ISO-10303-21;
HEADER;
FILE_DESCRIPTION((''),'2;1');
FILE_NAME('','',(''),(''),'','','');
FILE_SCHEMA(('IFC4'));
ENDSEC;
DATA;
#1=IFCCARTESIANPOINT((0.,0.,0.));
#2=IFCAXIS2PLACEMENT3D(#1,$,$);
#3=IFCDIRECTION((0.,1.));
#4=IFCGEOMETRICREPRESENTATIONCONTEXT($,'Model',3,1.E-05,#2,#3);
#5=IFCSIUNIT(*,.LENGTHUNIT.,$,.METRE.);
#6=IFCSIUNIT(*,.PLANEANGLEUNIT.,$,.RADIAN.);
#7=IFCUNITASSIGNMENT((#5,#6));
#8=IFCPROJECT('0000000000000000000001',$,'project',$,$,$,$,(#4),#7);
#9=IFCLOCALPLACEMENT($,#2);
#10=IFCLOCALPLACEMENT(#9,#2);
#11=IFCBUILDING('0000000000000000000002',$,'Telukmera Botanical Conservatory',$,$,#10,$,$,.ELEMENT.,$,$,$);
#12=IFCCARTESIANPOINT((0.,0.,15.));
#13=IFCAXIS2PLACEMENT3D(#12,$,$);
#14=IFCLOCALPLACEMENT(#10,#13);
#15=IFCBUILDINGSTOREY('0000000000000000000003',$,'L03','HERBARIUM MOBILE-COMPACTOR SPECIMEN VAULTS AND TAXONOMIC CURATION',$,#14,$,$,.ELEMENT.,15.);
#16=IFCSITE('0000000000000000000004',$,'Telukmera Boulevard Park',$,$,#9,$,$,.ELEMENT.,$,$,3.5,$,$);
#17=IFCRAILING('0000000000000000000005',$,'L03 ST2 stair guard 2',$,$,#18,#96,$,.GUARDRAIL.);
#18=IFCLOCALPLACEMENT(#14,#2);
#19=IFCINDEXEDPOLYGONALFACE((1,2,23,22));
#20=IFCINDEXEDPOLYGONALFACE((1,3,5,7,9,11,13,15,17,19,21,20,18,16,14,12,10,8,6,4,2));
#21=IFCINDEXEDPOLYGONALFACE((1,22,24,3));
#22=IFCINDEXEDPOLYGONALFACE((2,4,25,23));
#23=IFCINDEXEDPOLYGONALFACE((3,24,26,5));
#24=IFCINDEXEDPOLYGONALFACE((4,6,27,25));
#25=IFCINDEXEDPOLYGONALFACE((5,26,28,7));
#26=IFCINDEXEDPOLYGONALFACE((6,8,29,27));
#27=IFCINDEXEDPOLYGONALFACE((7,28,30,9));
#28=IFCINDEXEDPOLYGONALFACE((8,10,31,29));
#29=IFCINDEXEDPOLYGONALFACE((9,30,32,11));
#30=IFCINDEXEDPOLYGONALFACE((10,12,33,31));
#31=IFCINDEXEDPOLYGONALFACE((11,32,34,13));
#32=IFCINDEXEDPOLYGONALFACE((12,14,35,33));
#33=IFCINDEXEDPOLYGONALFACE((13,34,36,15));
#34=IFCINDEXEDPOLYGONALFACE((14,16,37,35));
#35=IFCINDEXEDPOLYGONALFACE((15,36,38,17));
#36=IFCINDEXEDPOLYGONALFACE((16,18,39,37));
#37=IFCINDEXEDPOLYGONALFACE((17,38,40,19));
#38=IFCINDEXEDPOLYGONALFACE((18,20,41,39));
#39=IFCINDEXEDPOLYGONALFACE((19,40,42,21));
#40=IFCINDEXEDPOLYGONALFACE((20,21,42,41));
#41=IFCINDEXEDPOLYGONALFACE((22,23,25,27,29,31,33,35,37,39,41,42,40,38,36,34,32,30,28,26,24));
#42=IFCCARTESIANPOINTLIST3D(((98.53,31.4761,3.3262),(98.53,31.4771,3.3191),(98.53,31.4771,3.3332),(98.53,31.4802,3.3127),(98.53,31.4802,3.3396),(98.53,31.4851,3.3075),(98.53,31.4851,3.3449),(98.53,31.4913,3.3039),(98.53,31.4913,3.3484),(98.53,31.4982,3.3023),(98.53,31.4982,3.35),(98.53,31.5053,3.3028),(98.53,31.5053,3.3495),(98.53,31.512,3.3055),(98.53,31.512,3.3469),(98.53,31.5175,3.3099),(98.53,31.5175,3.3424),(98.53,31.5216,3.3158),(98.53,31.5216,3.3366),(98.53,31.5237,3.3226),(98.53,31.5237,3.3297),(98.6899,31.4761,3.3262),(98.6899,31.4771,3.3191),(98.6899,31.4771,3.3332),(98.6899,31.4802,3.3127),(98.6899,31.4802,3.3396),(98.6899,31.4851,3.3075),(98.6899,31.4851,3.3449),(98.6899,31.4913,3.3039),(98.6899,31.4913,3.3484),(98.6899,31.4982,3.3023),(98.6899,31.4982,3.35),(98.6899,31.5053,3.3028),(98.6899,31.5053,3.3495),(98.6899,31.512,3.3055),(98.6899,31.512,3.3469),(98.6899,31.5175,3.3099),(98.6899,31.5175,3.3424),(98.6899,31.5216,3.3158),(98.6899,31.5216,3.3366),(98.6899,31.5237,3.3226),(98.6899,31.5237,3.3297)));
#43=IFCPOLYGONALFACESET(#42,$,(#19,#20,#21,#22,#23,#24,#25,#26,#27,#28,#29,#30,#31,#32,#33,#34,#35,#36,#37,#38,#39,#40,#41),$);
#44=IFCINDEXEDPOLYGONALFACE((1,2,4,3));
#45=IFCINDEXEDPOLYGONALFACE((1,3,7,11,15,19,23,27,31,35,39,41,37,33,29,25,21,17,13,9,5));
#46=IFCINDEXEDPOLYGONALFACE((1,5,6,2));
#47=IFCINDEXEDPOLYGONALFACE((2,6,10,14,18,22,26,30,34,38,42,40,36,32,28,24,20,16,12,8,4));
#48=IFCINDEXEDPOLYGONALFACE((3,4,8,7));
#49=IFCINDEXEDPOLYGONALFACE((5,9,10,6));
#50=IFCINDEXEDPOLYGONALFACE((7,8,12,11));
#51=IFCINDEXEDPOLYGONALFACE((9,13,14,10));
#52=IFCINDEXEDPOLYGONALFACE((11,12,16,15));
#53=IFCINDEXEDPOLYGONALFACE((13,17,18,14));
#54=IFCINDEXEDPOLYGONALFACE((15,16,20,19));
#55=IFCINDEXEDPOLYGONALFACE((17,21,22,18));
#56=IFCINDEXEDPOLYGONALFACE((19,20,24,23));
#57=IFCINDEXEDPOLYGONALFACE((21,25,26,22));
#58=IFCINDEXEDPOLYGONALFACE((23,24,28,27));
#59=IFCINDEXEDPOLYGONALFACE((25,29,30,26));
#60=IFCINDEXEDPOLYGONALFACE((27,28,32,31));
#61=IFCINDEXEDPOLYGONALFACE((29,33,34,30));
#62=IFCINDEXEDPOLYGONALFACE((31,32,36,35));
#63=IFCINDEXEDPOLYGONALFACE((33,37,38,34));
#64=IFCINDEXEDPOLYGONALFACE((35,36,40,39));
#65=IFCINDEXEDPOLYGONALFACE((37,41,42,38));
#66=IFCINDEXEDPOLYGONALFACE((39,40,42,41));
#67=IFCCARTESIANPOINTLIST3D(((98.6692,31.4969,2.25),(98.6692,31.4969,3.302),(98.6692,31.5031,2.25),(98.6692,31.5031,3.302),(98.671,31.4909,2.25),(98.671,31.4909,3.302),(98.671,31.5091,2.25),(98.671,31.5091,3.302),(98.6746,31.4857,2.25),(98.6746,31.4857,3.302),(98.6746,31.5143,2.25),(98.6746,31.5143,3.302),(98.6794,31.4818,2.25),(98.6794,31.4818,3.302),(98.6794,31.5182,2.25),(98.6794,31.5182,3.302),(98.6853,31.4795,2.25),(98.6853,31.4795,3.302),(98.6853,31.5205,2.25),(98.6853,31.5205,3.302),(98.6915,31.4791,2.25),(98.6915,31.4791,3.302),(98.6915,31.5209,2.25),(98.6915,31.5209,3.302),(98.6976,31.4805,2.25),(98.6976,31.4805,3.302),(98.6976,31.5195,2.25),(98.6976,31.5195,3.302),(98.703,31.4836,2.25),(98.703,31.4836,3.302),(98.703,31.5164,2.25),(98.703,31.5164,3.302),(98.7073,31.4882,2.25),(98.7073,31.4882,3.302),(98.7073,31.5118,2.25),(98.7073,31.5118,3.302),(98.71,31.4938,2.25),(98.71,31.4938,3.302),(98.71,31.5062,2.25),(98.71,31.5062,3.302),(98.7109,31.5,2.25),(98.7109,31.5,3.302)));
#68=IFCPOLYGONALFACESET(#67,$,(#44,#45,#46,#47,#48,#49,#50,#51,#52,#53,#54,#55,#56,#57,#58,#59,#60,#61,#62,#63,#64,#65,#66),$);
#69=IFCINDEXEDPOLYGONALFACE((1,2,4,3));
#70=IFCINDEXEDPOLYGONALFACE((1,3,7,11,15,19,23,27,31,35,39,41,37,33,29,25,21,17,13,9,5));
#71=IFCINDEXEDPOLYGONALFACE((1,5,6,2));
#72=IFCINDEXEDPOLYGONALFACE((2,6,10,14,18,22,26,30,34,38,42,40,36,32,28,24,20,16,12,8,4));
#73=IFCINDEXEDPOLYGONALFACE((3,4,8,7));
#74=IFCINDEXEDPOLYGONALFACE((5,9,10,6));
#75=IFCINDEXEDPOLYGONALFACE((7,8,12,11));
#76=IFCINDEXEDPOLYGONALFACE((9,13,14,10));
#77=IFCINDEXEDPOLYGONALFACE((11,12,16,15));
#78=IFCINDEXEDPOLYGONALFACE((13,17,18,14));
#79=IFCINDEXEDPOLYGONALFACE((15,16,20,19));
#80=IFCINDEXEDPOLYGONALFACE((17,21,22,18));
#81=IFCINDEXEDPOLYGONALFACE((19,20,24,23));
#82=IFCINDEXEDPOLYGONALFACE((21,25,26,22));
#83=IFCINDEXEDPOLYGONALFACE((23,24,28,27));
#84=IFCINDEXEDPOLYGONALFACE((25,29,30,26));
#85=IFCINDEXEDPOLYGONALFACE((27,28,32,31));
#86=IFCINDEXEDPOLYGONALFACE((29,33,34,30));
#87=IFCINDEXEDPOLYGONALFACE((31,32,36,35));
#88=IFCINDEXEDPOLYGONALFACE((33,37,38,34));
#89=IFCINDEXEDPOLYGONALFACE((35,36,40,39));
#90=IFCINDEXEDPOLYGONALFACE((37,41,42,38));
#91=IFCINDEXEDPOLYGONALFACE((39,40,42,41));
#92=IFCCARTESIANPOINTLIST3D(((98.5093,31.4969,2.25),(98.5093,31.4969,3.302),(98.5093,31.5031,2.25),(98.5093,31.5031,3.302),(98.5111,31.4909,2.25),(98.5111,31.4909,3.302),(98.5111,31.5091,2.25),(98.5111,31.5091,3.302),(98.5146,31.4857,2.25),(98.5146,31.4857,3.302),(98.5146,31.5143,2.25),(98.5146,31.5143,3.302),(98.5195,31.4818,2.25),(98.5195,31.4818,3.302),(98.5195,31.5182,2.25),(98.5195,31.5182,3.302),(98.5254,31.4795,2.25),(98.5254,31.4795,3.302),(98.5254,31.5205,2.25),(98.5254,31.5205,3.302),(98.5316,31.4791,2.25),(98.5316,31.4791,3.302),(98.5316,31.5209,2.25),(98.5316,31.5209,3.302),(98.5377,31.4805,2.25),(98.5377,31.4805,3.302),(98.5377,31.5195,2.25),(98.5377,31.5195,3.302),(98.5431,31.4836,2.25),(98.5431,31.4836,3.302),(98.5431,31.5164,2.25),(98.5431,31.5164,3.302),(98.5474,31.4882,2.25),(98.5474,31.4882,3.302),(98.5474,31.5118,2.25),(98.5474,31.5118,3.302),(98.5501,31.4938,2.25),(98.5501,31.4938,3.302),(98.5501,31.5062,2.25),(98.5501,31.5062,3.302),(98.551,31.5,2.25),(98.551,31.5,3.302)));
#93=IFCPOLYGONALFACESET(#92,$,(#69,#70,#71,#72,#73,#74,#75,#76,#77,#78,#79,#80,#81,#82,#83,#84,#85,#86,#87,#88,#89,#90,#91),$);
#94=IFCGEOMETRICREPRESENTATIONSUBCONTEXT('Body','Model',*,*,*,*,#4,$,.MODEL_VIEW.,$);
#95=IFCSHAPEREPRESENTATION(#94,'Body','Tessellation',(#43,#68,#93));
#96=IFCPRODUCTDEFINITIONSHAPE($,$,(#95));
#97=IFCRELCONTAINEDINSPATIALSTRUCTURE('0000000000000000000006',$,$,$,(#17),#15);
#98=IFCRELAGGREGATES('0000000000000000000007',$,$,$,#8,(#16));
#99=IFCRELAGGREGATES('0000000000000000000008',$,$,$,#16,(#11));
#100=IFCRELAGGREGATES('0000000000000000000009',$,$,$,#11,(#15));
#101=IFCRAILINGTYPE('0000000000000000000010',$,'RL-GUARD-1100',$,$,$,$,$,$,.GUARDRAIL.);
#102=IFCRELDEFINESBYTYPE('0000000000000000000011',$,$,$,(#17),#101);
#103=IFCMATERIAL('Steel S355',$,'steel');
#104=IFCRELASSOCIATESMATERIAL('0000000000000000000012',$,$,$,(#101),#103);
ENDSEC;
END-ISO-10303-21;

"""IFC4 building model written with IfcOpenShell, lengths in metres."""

from ifc_helpers import new_model, si_unit, direction, frame, origin, origin_2d, place, context, subcontext, project, spatial, circle, extrude, material, type_object, element, save


model = new_model("IFC4")

# Units and contexts
model_context = context("Model", 3, precision=1e-05, world=origin(), true_north=direction((0.0, 1.0)))
body_context = subcontext(model_context, "Body", "Model", "MODEL_VIEW")
ifc_project = project(units=[si_unit("LENGTHUNIT", "METRE"), si_unit("PLANEANGLEUNIT", "RADIAN")], contexts=[model_context])

# Site, building, storey
site_placement = place(None, origin())
site = spatial("IfcSite", under=ifc_project, at=site_placement, Name="Telukmera Boulevard Park", CompositionType="ELEMENT", RefElevation=3.5)
building_placement = place(site_placement, origin())
building = spatial("IfcBuilding", under=site, at=building_placement, Name="Telukmera Botanical Conservatory", CompositionType="ELEMENT")
storey_placement = place(building_placement, frame((0.0, 0.0, 15.0)))
storey = spatial("IfcBuildingStorey", under=building, at=storey_placement, Name="L03", Description="HERBARIUM MOBILE-COMPACTOR SPECIMEN VAULTS AND TAXONOMIC CURATION", CompositionType="ELEMENT", Elevation=15.0)

# Railing
ifc_material_1 = material(Name="Steel S355", Category="steel")
railing_type_1 = type_object("IfcRailingType", Name="RL-GUARD-1100", PredefinedType="GUARDRAIL", material=ifc_material_1)
railing_1_placement = place(storey_placement, frame((98.6899, 31.5, 2.25)))
element("IfcRailing", 1, at=railing_1_placement, inside=storey, type_object=railing_type_1, Name="L03 ST2 stair guard 2", PredefinedType="GUARDRAIL", context=body_context, shape_type="SweptSolid", body=[
    extrude(circle(Radius=0.0239, at=origin_2d()), frame((0.0, 0.0, 1.0762), z_axis=(-1.0, 0.0, 0.0), x_axis=(0.0, -1.0, 0.0)), (0.0, 0.0, 1.0), 0.1599),
    extrude(circle(Radius=0.021, at=origin_2d()), origin(), (0.0, 0.0, 1.0), 1.052),
    extrude(circle(Radius=0.021, at=origin_2d()), frame((-0.1599, 0.0, 0.0)), (0.0, 0.0, 1.0), 1.052),
])

save(model, "model.ifc")
